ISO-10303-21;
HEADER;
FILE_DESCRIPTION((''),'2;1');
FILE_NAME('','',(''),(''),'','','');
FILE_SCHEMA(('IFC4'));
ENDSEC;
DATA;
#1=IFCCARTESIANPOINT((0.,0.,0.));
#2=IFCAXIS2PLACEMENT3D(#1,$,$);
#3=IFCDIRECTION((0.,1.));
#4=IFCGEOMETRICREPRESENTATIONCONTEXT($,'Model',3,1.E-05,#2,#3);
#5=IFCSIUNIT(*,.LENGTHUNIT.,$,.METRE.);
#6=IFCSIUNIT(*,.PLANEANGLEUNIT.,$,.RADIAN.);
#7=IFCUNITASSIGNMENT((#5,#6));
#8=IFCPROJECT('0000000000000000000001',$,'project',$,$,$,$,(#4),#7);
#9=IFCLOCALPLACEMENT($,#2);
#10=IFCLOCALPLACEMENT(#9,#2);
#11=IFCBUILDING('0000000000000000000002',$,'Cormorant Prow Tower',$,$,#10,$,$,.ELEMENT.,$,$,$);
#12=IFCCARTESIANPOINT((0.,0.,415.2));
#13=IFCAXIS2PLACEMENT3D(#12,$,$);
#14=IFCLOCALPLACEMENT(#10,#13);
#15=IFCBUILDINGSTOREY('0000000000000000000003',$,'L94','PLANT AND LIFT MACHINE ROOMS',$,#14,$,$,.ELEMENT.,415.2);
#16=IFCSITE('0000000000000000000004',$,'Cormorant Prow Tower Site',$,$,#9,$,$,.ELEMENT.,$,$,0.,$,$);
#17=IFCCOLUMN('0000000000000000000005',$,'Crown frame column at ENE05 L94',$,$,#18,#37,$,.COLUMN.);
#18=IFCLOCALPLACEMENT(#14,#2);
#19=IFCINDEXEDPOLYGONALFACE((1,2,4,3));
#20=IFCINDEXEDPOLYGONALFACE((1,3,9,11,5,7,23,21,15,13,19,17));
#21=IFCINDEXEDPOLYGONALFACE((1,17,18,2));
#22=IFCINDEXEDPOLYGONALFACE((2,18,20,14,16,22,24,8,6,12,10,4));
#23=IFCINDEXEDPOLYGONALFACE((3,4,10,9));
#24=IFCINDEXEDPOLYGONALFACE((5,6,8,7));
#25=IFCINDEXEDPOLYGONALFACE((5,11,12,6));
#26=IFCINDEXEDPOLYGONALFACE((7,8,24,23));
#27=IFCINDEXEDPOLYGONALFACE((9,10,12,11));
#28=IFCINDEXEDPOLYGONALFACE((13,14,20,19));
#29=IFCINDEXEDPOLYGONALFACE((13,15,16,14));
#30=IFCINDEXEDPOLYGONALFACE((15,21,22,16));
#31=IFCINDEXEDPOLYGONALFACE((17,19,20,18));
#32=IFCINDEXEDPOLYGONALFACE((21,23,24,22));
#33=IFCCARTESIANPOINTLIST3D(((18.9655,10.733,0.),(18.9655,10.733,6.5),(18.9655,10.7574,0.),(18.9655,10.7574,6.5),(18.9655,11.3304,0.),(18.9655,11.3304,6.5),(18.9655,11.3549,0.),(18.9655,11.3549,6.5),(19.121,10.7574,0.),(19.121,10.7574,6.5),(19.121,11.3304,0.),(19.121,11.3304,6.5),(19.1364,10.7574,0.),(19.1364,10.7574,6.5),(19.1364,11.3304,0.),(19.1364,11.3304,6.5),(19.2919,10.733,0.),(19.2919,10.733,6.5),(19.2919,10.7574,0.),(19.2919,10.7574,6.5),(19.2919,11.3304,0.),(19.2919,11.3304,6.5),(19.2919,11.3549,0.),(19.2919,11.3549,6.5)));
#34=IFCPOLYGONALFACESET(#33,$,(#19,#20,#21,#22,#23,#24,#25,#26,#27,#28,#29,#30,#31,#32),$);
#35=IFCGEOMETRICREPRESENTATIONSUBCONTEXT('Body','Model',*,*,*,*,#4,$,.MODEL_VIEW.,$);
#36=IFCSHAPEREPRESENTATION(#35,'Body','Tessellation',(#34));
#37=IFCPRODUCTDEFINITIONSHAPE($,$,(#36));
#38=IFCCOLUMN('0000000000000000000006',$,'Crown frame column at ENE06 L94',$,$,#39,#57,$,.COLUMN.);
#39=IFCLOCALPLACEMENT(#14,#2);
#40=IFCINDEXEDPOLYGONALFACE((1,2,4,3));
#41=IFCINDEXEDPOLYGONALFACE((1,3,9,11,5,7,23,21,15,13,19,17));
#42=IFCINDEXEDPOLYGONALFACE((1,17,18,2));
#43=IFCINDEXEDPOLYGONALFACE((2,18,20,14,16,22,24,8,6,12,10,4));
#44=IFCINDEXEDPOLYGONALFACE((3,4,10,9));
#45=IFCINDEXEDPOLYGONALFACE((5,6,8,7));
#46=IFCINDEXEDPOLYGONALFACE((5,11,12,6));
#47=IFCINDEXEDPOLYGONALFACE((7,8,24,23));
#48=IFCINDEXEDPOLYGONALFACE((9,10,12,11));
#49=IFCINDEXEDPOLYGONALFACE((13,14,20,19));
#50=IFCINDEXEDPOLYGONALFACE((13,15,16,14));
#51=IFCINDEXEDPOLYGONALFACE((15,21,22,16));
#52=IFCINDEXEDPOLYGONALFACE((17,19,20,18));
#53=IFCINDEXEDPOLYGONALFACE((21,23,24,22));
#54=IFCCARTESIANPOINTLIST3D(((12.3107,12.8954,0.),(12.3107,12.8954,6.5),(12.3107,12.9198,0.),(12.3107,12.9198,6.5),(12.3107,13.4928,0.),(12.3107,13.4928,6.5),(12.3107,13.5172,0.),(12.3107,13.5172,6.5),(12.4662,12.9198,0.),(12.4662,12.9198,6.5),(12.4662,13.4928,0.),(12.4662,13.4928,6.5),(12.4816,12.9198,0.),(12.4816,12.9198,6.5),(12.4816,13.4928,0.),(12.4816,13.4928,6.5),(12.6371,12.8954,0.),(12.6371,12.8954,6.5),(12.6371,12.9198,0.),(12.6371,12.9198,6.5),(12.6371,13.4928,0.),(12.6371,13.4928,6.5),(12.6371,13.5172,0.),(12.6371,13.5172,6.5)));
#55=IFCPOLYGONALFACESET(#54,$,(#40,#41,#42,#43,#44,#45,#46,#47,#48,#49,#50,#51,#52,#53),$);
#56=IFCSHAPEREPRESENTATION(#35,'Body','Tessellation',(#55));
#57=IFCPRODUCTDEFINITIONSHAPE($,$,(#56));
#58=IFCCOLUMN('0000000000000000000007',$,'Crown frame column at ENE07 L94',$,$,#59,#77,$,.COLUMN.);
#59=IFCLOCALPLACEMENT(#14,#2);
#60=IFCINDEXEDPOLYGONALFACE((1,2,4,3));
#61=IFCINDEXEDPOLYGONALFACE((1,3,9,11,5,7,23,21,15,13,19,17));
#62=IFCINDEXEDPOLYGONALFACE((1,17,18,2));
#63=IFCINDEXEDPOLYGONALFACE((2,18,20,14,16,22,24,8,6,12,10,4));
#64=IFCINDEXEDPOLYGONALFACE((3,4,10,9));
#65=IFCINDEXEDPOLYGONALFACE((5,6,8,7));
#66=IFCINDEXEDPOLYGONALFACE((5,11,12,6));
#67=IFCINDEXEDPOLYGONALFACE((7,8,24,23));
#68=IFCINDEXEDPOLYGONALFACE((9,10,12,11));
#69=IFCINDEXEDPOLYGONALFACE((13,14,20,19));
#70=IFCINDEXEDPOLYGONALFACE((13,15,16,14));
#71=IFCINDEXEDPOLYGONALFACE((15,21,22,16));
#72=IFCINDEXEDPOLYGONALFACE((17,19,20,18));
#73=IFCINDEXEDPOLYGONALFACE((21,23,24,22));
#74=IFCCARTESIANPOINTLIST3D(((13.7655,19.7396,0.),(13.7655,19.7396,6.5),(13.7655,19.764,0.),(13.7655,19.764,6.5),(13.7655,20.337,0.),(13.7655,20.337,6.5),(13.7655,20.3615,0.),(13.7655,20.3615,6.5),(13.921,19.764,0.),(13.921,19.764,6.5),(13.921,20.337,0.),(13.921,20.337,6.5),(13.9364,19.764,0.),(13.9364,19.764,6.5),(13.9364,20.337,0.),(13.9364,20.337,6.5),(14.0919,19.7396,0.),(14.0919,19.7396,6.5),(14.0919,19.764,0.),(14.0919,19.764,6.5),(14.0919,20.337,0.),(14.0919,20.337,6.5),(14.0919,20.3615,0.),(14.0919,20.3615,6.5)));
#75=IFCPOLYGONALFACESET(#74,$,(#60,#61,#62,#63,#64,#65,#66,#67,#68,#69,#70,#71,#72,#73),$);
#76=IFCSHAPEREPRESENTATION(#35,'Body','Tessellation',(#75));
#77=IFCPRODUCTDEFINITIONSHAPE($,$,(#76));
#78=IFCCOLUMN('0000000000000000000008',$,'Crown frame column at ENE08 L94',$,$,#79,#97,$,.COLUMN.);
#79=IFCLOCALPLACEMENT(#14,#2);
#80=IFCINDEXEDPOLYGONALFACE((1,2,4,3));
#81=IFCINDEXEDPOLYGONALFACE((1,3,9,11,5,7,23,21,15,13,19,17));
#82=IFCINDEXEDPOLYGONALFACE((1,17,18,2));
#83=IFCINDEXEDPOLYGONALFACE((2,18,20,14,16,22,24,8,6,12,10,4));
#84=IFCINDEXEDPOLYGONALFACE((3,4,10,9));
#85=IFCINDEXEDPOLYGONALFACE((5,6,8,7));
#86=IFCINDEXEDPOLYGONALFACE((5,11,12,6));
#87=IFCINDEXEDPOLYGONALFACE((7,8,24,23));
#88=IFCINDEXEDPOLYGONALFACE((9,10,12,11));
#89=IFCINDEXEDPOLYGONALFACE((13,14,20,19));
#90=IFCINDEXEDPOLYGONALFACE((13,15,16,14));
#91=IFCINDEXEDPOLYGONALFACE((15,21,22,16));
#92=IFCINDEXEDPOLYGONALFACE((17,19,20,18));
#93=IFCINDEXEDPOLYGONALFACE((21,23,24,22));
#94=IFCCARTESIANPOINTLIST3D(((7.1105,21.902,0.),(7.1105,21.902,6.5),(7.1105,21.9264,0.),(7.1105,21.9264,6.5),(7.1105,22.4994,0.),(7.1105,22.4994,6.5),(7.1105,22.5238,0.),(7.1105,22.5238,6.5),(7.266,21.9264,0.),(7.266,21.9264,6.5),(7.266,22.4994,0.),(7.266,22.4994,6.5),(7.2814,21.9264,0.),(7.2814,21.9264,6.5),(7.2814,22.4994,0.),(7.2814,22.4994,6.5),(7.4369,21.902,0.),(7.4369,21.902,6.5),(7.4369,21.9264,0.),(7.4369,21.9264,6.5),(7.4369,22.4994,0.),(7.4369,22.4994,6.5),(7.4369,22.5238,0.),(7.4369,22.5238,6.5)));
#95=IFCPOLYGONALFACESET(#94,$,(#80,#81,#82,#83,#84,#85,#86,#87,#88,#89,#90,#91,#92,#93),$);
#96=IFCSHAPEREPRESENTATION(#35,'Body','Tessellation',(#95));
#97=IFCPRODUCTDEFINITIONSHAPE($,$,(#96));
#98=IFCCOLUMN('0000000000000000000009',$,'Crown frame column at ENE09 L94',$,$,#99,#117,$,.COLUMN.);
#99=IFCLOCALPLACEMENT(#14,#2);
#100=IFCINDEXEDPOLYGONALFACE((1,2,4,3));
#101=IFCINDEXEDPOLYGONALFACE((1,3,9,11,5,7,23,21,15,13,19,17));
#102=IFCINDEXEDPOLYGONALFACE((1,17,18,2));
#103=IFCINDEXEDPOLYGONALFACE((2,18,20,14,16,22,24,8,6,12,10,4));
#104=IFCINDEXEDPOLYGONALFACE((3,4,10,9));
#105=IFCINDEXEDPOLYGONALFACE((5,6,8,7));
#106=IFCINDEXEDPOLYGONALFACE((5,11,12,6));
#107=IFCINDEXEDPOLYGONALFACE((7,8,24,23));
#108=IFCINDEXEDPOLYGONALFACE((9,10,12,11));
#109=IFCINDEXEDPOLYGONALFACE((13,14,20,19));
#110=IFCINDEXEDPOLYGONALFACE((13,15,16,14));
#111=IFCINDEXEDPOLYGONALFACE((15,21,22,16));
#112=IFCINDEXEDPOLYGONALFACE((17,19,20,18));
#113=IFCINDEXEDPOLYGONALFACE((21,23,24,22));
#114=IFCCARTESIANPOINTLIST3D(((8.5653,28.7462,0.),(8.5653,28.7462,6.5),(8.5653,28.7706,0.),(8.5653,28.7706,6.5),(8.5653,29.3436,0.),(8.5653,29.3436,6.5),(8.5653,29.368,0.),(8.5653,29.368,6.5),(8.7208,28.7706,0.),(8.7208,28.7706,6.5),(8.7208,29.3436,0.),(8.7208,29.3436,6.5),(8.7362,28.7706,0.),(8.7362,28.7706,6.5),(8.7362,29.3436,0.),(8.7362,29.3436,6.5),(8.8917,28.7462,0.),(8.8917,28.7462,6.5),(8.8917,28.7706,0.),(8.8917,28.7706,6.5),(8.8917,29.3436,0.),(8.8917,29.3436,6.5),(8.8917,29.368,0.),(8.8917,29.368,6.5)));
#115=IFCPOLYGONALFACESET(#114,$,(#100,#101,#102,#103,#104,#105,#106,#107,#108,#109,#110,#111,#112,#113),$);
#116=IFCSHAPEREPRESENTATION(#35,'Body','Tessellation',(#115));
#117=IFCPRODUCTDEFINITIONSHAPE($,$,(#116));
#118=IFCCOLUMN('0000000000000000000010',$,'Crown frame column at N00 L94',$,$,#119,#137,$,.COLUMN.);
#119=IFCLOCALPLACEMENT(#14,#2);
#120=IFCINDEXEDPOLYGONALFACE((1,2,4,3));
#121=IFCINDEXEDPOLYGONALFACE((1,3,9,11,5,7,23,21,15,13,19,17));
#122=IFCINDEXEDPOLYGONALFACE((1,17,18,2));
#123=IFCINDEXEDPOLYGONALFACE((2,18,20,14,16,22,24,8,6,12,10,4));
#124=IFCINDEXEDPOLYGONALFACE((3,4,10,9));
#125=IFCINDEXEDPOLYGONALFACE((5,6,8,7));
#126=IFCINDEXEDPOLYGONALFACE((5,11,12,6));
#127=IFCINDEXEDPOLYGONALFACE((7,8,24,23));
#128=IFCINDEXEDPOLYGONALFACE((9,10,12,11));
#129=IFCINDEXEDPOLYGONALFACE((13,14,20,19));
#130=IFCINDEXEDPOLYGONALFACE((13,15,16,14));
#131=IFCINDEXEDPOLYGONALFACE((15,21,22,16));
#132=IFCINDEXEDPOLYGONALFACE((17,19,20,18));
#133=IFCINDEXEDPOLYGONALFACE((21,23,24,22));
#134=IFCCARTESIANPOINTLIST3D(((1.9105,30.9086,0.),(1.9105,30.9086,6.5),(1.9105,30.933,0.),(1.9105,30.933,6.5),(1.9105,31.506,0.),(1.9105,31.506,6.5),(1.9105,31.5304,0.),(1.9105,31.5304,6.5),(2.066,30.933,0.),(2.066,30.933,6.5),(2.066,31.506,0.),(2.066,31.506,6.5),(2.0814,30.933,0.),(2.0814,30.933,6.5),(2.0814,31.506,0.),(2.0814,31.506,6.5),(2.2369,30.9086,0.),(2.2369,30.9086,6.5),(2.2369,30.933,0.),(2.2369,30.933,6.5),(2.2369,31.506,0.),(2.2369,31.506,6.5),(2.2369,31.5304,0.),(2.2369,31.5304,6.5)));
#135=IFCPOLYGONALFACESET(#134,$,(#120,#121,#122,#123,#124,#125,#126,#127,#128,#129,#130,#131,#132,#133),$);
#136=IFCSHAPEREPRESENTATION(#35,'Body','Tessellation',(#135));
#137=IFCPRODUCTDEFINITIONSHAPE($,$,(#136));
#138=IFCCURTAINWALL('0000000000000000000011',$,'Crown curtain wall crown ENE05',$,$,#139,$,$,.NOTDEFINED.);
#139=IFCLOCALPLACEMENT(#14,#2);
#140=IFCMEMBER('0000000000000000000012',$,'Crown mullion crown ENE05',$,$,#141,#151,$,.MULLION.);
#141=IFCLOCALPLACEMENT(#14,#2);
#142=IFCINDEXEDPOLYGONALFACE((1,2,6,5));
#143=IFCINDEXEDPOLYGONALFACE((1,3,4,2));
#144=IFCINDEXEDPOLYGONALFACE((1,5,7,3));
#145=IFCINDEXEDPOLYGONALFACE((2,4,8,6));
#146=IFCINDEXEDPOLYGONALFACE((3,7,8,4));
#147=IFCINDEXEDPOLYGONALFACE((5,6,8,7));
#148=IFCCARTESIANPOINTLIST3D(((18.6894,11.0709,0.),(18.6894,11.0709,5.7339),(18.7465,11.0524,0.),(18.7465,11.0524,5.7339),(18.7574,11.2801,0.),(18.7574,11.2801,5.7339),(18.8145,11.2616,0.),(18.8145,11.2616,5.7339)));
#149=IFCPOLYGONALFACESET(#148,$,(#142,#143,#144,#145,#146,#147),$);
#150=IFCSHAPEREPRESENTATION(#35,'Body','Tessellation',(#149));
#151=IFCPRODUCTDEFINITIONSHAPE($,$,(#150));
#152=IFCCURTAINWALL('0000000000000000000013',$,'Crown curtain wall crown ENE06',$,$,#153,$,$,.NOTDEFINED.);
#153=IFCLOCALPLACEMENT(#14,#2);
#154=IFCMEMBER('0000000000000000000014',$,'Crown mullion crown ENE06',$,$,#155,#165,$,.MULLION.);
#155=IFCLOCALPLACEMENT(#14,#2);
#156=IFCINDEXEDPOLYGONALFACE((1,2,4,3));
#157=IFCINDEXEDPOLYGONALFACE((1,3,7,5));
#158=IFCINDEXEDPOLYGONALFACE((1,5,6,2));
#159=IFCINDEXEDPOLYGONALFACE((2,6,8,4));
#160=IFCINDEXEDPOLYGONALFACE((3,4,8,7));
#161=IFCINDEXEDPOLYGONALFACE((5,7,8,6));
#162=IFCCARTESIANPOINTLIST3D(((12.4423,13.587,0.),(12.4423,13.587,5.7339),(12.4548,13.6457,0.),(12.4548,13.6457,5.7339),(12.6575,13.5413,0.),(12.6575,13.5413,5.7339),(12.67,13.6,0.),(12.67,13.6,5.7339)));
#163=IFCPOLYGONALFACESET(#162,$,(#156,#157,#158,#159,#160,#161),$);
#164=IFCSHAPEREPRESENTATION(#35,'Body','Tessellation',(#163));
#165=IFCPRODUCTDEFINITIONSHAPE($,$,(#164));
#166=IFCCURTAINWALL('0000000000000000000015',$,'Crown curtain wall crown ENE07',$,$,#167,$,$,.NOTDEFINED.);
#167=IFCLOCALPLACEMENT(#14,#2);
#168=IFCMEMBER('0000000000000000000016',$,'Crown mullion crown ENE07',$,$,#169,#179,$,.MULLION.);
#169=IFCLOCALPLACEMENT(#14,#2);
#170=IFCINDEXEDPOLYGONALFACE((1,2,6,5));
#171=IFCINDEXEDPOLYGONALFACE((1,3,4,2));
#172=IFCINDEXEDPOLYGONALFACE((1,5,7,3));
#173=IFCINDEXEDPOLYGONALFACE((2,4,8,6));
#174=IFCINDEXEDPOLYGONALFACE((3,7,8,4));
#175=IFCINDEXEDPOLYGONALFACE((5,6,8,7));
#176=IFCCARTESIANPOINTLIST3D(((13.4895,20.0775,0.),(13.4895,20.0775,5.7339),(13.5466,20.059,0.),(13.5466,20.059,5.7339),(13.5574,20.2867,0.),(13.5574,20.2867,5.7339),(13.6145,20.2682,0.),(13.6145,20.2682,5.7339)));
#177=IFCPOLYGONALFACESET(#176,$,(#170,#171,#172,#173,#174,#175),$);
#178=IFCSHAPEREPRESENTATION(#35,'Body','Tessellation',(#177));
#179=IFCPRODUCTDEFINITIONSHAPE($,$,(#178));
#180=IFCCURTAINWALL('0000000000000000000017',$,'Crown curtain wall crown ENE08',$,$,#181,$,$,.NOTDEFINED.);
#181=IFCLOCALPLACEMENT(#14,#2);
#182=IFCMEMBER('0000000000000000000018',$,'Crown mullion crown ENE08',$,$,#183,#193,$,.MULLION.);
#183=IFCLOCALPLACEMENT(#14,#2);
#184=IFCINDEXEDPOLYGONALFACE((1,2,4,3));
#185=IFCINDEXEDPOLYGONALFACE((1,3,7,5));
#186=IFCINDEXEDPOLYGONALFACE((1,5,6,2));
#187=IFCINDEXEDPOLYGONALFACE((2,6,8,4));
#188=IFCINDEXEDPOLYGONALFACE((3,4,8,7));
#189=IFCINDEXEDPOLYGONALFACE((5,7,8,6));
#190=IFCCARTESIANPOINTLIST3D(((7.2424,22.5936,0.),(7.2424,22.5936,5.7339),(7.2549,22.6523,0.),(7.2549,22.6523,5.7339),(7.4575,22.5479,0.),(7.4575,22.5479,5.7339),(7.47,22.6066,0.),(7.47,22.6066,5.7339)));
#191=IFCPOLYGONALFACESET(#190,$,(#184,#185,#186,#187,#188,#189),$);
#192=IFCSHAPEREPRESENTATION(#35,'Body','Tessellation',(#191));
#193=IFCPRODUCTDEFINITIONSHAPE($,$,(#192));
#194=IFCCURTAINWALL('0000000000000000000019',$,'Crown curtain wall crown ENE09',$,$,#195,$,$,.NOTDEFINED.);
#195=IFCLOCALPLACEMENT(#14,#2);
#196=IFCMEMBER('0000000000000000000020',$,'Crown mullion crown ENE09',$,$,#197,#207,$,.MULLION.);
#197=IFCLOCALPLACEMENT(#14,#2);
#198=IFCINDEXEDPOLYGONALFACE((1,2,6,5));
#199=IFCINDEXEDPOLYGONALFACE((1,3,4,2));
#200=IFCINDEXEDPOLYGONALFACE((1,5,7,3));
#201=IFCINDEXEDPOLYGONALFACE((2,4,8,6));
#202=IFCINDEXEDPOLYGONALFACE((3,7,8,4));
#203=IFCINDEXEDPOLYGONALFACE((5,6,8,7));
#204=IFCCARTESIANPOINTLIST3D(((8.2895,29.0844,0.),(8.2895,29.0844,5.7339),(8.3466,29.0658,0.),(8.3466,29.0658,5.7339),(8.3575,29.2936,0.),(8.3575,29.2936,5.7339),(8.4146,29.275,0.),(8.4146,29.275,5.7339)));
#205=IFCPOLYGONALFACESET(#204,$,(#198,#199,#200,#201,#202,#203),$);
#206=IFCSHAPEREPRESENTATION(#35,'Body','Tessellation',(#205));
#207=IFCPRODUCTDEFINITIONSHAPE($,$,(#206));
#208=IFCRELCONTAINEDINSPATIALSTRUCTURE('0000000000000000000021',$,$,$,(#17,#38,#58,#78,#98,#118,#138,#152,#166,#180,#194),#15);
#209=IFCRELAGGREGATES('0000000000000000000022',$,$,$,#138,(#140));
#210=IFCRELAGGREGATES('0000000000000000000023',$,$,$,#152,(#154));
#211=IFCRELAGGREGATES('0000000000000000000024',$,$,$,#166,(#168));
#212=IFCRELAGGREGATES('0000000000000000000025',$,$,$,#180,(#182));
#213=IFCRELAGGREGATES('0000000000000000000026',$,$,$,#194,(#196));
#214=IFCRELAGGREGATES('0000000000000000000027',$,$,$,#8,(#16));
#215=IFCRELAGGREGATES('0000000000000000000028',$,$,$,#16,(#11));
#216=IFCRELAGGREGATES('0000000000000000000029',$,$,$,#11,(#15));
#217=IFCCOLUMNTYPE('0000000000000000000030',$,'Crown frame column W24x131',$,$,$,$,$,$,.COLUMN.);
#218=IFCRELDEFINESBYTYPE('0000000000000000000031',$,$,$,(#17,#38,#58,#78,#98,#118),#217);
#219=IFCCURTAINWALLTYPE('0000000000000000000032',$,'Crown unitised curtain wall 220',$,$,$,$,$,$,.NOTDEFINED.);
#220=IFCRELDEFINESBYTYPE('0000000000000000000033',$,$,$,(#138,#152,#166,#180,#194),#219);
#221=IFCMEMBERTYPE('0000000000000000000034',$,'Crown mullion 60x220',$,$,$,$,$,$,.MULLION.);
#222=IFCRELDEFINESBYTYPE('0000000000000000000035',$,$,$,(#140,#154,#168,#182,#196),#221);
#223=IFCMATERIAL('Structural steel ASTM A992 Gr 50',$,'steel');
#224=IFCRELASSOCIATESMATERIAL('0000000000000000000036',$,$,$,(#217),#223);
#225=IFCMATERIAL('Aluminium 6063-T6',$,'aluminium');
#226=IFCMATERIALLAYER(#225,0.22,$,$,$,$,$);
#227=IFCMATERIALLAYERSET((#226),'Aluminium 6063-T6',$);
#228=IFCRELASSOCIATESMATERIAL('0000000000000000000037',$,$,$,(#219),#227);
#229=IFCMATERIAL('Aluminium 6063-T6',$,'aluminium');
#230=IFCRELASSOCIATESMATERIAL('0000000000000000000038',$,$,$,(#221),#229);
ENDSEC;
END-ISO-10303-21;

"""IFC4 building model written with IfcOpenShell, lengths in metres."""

from ifc_helpers import new_model, si_unit, direction, frame, origin, origin_2d, place, context, subcontext, project, spatial, rectangle, i_section, extrude, material, layer, layer_set, material_profile, profile_set, type_object, element, aggregate, save


model = new_model("IFC4")

# Units and contexts
model_context = context("Model", 3, precision=1e-05, world=origin(), true_north=direction((0.0, 1.0)))
body_context = subcontext(model_context, "Body", "Model", "MODEL_VIEW")
ifc_project = project(units=[si_unit("LENGTHUNIT", "METRE"), si_unit("PLANEANGLEUNIT", "RADIAN")], contexts=[model_context])

# Site, building, storey
site_placement = place(None, origin())
site = spatial("IfcSite", under=ifc_project, at=site_placement, Name="Cormorant Prow Tower Site", CompositionType="ELEMENT", RefElevation=0.0)
building_placement = place(site_placement, origin())
building = spatial("IfcBuilding", under=site, at=building_placement, Name="Cormorant Prow Tower", CompositionType="ELEMENT")
storey_placement = place(building_placement, frame((0.0, 0.0, 415.2)))
storey = spatial("IfcBuildingStorey", under=building, at=storey_placement, Name="L94", Description="PLANT AND LIFT MACHINE ROOMS", CompositionType="ELEMENT", Elevation=415.2)

# Columns
ifc_material_1 = material(Name="Structural steel ASTM A992 Gr 50", Category="steel")
ifc_material_profile_1 = material_profile(ifc_material_1, i_section(OverallWidth=0.3264, OverallDepth=0.6218, WebThickness=0.0154, FlangeThickness=0.0244, at=origin_2d()), Name="W24x131")
ifc_profile_set_1 = profile_set([ifc_material_profile_1], Name="Structural steel ASTM A992 Gr 50")
column_type = type_object("IfcColumnType", Name="Crown frame column W24x131", PredefinedType="COLUMN", material=ifc_profile_set_1)
for number, where, z_axis, x_axis, name in (
    (1, (19.1287, 11.0439, 0.0), (0.0, 0.0, 1.0), (1.0, 0.0, 0.0), "Crown frame column at ENE05 L94"),
    (2, (12.4739, 13.2063, 0.0), (0.0, 0.0, 1.0), (1.0, 0.0, 0.0), "Crown frame column at ENE06 L94"),
    (3, (13.9287, 20.0505, 0.0), (0.0, 0.0, 1.0), (1.0, 0.0, 0.0), "Crown frame column at ENE07 L94"),
    (4, (7.2737, 22.2129, 0.0), (0.0, 0.0, 1.0), (1.0, 0.0, 0.0), "Crown frame column at ENE08 L94"),
    (5, (8.7285, 29.0571, 0.0), (0.0, 0.0, 1.0), (1.0, 0.0, 0.0), "Crown frame column at ENE09 L94"),
    (6, (2.0737, 31.2195, 0.0), (0.0, 0.0, 1.0), (1.0, 0.0, 0.0), "Crown frame column at N00 L94"),
):
    element("IfcColumn", number, at=place(storey_placement, frame(where, z_axis=z_axis, x_axis=x_axis)), inside=storey, type_object=column_type, Name=name, PredefinedType="COLUMN", context=body_context, shape_type="SweptSolid", body=[
        extrude(i_section(OverallWidth=0.3264, OverallDepth=0.6218, WebThickness=0.0154, FlangeThickness=0.0244, at=origin_2d()), origin(), (0.0, 0.0, 1.0), 6.5),
    ])

# Curtain walls, members
ifc_material_2 = material(Name="Aluminium 6063-T6", Category="aluminium")
ifc_layer_1 = layer(ifc_material_2, 0.22)
ifc_layer_set_1 = layer_set([ifc_layer_1], Name="Aluminium 6063-T6")
curtain_wall_type = type_object("IfcCurtainWallType", Name="Crown unitised curtain wall 220", PredefinedType="NOTDEFINED", material=ifc_layer_set_1)
curtain_wall_1_placement = place(storey_placement, origin())
curtain_wall_1 = element("IfcCurtainWall", 7, at=curtain_wall_1_placement, inside=storey, type_object=curtain_wall_type, Name="Crown curtain wall crown ENE05", PredefinedType="NOTDEFINED")
ifc_material_3 = material(Name="Aluminium 6063-T6", Category="aluminium")
ifc_material_profile_2 = material_profile(ifc_material_3, rectangle(XDim=0.22, YDim=0.0601, at=origin_2d()), Name="Crown mullion 60x220")
ifc_profile_set_2 = profile_set([ifc_material_profile_2], Name="Aluminium 6063-T6")
member_type_1 = type_object("IfcMemberType", Name="Crown mullion 60x220", PredefinedType="MULLION", material=ifc_profile_set_2)
member_1_placement = place(storey_placement, frame((18.752, 11.1663, 0.0), z_axis=(0.0, 0.0, 1.0), x_axis=(-0.309017, -0.951056, 0.0)))
member_1 = element("IfcMember", 8, at=member_1_placement, type_object=member_type_1, Name="Crown mullion crown ENE05", PredefinedType="MULLION", context=body_context, shape_type="SweptSolid", body=[
    extrude(rectangle(XDim=0.22, YDim=0.0601, at=origin_2d()), origin(), (0.0, 0.0, 1.0), 5.7339),
])
curtain_wall_2_placement = place(storey_placement, origin())
curtain_wall_2 = element("IfcCurtainWall", 9, at=curtain_wall_2_placement, inside=storey, type_object=curtain_wall_type, Name="Crown curtain wall crown ENE06", PredefinedType="NOTDEFINED")
member_2_placement = place(storey_placement, frame((12.5562, 13.5935, 0.0), z_axis=(0.0, 0.0, 1.0), x_axis=(-0.978148, 0.207912, 0.0)))
member_2 = element("IfcMember", 10, at=member_2_placement, type_object=member_type_1, Name="Crown mullion crown ENE06", PredefinedType="MULLION", context=body_context, shape_type="SweptSolid", body=[
    extrude(rectangle(XDim=0.22, YDim=0.0601, at=origin_2d()), origin(), (0.0, 0.0, 1.0), 5.7339),
])
curtain_wall_3_placement = place(storey_placement, origin())
curtain_wall_3 = element("IfcCurtainWall", 11, at=curtain_wall_3_placement, inside=storey, type_object=curtain_wall_type, Name="Crown curtain wall crown ENE07", PredefinedType="NOTDEFINED")
member_3_placement = place(storey_placement, frame((13.552, 20.1729, 0.0), z_axis=(0.0, 0.0, 1.0), x_axis=(-0.309017, -0.951057, 0.0)))
member_3 = element("IfcMember", 12, at=member_3_placement, type_object=member_type_1, Name="Crown mullion crown ENE07", PredefinedType="MULLION", context=body_context, shape_type="SweptSolid", body=[
    extrude(rectangle(XDim=0.22, YDim=0.0601, at=origin_2d()), origin(), (0.0, 0.0, 1.0), 5.7339),
])
curtain_wall_4_placement = place(storey_placement, origin())
curtain_wall_4 = element("IfcCurtainWall", 13, at=curtain_wall_4_placement, inside=storey, type_object=curtain_wall_type, Name="Crown curtain wall crown ENE08", PredefinedType="NOTDEFINED")
member_4_placement = place(storey_placement, frame((7.3562, 22.6001, 0.0), z_axis=(0.0, 0.0, 1.0), x_axis=(-0.978148, 0.207912, 0.0)))
member_4 = element("IfcMember", 14, at=member_4_placement, type_object=member_type_1, Name="Crown mullion crown ENE08", PredefinedType="MULLION", context=body_context, shape_type="SweptSolid", body=[
    extrude(rectangle(XDim=0.22, YDim=0.0601, at=origin_2d()), origin(), (0.0, 0.0, 1.0), 5.7339),
])
curtain_wall_5_placement = place(storey_placement, origin())
curtain_wall_5 = element("IfcCurtainWall", 15, at=curtain_wall_5_placement, inside=storey, type_object=curtain_wall_type, Name="Crown curtain wall crown ENE09", PredefinedType="NOTDEFINED")
member_5_placement = place(storey_placement, frame((8.3521, 29.1797, 0.0), z_axis=(0.0, 0.0, 1.0), x_axis=(-0.309017, -0.951056, 0.0)))
member_5 = element("IfcMember", 16, at=member_5_placement, type_object=member_type_1, Name="Crown mullion crown ENE09", PredefinedType="MULLION", context=body_context, shape_type="SweptSolid", body=[
    extrude(rectangle(XDim=0.22, YDim=0.0601, at=origin_2d()), origin(), (0.0, 0.0, 1.0), 5.7339),
])

aggregate(curtain_wall_1, [member_1])
aggregate(curtain_wall_2, [member_2])
aggregate(curtain_wall_3, [member_3])
aggregate(curtain_wall_4, [member_4])
aggregate(curtain_wall_5, [member_5])

save(model, "model.ifc")
